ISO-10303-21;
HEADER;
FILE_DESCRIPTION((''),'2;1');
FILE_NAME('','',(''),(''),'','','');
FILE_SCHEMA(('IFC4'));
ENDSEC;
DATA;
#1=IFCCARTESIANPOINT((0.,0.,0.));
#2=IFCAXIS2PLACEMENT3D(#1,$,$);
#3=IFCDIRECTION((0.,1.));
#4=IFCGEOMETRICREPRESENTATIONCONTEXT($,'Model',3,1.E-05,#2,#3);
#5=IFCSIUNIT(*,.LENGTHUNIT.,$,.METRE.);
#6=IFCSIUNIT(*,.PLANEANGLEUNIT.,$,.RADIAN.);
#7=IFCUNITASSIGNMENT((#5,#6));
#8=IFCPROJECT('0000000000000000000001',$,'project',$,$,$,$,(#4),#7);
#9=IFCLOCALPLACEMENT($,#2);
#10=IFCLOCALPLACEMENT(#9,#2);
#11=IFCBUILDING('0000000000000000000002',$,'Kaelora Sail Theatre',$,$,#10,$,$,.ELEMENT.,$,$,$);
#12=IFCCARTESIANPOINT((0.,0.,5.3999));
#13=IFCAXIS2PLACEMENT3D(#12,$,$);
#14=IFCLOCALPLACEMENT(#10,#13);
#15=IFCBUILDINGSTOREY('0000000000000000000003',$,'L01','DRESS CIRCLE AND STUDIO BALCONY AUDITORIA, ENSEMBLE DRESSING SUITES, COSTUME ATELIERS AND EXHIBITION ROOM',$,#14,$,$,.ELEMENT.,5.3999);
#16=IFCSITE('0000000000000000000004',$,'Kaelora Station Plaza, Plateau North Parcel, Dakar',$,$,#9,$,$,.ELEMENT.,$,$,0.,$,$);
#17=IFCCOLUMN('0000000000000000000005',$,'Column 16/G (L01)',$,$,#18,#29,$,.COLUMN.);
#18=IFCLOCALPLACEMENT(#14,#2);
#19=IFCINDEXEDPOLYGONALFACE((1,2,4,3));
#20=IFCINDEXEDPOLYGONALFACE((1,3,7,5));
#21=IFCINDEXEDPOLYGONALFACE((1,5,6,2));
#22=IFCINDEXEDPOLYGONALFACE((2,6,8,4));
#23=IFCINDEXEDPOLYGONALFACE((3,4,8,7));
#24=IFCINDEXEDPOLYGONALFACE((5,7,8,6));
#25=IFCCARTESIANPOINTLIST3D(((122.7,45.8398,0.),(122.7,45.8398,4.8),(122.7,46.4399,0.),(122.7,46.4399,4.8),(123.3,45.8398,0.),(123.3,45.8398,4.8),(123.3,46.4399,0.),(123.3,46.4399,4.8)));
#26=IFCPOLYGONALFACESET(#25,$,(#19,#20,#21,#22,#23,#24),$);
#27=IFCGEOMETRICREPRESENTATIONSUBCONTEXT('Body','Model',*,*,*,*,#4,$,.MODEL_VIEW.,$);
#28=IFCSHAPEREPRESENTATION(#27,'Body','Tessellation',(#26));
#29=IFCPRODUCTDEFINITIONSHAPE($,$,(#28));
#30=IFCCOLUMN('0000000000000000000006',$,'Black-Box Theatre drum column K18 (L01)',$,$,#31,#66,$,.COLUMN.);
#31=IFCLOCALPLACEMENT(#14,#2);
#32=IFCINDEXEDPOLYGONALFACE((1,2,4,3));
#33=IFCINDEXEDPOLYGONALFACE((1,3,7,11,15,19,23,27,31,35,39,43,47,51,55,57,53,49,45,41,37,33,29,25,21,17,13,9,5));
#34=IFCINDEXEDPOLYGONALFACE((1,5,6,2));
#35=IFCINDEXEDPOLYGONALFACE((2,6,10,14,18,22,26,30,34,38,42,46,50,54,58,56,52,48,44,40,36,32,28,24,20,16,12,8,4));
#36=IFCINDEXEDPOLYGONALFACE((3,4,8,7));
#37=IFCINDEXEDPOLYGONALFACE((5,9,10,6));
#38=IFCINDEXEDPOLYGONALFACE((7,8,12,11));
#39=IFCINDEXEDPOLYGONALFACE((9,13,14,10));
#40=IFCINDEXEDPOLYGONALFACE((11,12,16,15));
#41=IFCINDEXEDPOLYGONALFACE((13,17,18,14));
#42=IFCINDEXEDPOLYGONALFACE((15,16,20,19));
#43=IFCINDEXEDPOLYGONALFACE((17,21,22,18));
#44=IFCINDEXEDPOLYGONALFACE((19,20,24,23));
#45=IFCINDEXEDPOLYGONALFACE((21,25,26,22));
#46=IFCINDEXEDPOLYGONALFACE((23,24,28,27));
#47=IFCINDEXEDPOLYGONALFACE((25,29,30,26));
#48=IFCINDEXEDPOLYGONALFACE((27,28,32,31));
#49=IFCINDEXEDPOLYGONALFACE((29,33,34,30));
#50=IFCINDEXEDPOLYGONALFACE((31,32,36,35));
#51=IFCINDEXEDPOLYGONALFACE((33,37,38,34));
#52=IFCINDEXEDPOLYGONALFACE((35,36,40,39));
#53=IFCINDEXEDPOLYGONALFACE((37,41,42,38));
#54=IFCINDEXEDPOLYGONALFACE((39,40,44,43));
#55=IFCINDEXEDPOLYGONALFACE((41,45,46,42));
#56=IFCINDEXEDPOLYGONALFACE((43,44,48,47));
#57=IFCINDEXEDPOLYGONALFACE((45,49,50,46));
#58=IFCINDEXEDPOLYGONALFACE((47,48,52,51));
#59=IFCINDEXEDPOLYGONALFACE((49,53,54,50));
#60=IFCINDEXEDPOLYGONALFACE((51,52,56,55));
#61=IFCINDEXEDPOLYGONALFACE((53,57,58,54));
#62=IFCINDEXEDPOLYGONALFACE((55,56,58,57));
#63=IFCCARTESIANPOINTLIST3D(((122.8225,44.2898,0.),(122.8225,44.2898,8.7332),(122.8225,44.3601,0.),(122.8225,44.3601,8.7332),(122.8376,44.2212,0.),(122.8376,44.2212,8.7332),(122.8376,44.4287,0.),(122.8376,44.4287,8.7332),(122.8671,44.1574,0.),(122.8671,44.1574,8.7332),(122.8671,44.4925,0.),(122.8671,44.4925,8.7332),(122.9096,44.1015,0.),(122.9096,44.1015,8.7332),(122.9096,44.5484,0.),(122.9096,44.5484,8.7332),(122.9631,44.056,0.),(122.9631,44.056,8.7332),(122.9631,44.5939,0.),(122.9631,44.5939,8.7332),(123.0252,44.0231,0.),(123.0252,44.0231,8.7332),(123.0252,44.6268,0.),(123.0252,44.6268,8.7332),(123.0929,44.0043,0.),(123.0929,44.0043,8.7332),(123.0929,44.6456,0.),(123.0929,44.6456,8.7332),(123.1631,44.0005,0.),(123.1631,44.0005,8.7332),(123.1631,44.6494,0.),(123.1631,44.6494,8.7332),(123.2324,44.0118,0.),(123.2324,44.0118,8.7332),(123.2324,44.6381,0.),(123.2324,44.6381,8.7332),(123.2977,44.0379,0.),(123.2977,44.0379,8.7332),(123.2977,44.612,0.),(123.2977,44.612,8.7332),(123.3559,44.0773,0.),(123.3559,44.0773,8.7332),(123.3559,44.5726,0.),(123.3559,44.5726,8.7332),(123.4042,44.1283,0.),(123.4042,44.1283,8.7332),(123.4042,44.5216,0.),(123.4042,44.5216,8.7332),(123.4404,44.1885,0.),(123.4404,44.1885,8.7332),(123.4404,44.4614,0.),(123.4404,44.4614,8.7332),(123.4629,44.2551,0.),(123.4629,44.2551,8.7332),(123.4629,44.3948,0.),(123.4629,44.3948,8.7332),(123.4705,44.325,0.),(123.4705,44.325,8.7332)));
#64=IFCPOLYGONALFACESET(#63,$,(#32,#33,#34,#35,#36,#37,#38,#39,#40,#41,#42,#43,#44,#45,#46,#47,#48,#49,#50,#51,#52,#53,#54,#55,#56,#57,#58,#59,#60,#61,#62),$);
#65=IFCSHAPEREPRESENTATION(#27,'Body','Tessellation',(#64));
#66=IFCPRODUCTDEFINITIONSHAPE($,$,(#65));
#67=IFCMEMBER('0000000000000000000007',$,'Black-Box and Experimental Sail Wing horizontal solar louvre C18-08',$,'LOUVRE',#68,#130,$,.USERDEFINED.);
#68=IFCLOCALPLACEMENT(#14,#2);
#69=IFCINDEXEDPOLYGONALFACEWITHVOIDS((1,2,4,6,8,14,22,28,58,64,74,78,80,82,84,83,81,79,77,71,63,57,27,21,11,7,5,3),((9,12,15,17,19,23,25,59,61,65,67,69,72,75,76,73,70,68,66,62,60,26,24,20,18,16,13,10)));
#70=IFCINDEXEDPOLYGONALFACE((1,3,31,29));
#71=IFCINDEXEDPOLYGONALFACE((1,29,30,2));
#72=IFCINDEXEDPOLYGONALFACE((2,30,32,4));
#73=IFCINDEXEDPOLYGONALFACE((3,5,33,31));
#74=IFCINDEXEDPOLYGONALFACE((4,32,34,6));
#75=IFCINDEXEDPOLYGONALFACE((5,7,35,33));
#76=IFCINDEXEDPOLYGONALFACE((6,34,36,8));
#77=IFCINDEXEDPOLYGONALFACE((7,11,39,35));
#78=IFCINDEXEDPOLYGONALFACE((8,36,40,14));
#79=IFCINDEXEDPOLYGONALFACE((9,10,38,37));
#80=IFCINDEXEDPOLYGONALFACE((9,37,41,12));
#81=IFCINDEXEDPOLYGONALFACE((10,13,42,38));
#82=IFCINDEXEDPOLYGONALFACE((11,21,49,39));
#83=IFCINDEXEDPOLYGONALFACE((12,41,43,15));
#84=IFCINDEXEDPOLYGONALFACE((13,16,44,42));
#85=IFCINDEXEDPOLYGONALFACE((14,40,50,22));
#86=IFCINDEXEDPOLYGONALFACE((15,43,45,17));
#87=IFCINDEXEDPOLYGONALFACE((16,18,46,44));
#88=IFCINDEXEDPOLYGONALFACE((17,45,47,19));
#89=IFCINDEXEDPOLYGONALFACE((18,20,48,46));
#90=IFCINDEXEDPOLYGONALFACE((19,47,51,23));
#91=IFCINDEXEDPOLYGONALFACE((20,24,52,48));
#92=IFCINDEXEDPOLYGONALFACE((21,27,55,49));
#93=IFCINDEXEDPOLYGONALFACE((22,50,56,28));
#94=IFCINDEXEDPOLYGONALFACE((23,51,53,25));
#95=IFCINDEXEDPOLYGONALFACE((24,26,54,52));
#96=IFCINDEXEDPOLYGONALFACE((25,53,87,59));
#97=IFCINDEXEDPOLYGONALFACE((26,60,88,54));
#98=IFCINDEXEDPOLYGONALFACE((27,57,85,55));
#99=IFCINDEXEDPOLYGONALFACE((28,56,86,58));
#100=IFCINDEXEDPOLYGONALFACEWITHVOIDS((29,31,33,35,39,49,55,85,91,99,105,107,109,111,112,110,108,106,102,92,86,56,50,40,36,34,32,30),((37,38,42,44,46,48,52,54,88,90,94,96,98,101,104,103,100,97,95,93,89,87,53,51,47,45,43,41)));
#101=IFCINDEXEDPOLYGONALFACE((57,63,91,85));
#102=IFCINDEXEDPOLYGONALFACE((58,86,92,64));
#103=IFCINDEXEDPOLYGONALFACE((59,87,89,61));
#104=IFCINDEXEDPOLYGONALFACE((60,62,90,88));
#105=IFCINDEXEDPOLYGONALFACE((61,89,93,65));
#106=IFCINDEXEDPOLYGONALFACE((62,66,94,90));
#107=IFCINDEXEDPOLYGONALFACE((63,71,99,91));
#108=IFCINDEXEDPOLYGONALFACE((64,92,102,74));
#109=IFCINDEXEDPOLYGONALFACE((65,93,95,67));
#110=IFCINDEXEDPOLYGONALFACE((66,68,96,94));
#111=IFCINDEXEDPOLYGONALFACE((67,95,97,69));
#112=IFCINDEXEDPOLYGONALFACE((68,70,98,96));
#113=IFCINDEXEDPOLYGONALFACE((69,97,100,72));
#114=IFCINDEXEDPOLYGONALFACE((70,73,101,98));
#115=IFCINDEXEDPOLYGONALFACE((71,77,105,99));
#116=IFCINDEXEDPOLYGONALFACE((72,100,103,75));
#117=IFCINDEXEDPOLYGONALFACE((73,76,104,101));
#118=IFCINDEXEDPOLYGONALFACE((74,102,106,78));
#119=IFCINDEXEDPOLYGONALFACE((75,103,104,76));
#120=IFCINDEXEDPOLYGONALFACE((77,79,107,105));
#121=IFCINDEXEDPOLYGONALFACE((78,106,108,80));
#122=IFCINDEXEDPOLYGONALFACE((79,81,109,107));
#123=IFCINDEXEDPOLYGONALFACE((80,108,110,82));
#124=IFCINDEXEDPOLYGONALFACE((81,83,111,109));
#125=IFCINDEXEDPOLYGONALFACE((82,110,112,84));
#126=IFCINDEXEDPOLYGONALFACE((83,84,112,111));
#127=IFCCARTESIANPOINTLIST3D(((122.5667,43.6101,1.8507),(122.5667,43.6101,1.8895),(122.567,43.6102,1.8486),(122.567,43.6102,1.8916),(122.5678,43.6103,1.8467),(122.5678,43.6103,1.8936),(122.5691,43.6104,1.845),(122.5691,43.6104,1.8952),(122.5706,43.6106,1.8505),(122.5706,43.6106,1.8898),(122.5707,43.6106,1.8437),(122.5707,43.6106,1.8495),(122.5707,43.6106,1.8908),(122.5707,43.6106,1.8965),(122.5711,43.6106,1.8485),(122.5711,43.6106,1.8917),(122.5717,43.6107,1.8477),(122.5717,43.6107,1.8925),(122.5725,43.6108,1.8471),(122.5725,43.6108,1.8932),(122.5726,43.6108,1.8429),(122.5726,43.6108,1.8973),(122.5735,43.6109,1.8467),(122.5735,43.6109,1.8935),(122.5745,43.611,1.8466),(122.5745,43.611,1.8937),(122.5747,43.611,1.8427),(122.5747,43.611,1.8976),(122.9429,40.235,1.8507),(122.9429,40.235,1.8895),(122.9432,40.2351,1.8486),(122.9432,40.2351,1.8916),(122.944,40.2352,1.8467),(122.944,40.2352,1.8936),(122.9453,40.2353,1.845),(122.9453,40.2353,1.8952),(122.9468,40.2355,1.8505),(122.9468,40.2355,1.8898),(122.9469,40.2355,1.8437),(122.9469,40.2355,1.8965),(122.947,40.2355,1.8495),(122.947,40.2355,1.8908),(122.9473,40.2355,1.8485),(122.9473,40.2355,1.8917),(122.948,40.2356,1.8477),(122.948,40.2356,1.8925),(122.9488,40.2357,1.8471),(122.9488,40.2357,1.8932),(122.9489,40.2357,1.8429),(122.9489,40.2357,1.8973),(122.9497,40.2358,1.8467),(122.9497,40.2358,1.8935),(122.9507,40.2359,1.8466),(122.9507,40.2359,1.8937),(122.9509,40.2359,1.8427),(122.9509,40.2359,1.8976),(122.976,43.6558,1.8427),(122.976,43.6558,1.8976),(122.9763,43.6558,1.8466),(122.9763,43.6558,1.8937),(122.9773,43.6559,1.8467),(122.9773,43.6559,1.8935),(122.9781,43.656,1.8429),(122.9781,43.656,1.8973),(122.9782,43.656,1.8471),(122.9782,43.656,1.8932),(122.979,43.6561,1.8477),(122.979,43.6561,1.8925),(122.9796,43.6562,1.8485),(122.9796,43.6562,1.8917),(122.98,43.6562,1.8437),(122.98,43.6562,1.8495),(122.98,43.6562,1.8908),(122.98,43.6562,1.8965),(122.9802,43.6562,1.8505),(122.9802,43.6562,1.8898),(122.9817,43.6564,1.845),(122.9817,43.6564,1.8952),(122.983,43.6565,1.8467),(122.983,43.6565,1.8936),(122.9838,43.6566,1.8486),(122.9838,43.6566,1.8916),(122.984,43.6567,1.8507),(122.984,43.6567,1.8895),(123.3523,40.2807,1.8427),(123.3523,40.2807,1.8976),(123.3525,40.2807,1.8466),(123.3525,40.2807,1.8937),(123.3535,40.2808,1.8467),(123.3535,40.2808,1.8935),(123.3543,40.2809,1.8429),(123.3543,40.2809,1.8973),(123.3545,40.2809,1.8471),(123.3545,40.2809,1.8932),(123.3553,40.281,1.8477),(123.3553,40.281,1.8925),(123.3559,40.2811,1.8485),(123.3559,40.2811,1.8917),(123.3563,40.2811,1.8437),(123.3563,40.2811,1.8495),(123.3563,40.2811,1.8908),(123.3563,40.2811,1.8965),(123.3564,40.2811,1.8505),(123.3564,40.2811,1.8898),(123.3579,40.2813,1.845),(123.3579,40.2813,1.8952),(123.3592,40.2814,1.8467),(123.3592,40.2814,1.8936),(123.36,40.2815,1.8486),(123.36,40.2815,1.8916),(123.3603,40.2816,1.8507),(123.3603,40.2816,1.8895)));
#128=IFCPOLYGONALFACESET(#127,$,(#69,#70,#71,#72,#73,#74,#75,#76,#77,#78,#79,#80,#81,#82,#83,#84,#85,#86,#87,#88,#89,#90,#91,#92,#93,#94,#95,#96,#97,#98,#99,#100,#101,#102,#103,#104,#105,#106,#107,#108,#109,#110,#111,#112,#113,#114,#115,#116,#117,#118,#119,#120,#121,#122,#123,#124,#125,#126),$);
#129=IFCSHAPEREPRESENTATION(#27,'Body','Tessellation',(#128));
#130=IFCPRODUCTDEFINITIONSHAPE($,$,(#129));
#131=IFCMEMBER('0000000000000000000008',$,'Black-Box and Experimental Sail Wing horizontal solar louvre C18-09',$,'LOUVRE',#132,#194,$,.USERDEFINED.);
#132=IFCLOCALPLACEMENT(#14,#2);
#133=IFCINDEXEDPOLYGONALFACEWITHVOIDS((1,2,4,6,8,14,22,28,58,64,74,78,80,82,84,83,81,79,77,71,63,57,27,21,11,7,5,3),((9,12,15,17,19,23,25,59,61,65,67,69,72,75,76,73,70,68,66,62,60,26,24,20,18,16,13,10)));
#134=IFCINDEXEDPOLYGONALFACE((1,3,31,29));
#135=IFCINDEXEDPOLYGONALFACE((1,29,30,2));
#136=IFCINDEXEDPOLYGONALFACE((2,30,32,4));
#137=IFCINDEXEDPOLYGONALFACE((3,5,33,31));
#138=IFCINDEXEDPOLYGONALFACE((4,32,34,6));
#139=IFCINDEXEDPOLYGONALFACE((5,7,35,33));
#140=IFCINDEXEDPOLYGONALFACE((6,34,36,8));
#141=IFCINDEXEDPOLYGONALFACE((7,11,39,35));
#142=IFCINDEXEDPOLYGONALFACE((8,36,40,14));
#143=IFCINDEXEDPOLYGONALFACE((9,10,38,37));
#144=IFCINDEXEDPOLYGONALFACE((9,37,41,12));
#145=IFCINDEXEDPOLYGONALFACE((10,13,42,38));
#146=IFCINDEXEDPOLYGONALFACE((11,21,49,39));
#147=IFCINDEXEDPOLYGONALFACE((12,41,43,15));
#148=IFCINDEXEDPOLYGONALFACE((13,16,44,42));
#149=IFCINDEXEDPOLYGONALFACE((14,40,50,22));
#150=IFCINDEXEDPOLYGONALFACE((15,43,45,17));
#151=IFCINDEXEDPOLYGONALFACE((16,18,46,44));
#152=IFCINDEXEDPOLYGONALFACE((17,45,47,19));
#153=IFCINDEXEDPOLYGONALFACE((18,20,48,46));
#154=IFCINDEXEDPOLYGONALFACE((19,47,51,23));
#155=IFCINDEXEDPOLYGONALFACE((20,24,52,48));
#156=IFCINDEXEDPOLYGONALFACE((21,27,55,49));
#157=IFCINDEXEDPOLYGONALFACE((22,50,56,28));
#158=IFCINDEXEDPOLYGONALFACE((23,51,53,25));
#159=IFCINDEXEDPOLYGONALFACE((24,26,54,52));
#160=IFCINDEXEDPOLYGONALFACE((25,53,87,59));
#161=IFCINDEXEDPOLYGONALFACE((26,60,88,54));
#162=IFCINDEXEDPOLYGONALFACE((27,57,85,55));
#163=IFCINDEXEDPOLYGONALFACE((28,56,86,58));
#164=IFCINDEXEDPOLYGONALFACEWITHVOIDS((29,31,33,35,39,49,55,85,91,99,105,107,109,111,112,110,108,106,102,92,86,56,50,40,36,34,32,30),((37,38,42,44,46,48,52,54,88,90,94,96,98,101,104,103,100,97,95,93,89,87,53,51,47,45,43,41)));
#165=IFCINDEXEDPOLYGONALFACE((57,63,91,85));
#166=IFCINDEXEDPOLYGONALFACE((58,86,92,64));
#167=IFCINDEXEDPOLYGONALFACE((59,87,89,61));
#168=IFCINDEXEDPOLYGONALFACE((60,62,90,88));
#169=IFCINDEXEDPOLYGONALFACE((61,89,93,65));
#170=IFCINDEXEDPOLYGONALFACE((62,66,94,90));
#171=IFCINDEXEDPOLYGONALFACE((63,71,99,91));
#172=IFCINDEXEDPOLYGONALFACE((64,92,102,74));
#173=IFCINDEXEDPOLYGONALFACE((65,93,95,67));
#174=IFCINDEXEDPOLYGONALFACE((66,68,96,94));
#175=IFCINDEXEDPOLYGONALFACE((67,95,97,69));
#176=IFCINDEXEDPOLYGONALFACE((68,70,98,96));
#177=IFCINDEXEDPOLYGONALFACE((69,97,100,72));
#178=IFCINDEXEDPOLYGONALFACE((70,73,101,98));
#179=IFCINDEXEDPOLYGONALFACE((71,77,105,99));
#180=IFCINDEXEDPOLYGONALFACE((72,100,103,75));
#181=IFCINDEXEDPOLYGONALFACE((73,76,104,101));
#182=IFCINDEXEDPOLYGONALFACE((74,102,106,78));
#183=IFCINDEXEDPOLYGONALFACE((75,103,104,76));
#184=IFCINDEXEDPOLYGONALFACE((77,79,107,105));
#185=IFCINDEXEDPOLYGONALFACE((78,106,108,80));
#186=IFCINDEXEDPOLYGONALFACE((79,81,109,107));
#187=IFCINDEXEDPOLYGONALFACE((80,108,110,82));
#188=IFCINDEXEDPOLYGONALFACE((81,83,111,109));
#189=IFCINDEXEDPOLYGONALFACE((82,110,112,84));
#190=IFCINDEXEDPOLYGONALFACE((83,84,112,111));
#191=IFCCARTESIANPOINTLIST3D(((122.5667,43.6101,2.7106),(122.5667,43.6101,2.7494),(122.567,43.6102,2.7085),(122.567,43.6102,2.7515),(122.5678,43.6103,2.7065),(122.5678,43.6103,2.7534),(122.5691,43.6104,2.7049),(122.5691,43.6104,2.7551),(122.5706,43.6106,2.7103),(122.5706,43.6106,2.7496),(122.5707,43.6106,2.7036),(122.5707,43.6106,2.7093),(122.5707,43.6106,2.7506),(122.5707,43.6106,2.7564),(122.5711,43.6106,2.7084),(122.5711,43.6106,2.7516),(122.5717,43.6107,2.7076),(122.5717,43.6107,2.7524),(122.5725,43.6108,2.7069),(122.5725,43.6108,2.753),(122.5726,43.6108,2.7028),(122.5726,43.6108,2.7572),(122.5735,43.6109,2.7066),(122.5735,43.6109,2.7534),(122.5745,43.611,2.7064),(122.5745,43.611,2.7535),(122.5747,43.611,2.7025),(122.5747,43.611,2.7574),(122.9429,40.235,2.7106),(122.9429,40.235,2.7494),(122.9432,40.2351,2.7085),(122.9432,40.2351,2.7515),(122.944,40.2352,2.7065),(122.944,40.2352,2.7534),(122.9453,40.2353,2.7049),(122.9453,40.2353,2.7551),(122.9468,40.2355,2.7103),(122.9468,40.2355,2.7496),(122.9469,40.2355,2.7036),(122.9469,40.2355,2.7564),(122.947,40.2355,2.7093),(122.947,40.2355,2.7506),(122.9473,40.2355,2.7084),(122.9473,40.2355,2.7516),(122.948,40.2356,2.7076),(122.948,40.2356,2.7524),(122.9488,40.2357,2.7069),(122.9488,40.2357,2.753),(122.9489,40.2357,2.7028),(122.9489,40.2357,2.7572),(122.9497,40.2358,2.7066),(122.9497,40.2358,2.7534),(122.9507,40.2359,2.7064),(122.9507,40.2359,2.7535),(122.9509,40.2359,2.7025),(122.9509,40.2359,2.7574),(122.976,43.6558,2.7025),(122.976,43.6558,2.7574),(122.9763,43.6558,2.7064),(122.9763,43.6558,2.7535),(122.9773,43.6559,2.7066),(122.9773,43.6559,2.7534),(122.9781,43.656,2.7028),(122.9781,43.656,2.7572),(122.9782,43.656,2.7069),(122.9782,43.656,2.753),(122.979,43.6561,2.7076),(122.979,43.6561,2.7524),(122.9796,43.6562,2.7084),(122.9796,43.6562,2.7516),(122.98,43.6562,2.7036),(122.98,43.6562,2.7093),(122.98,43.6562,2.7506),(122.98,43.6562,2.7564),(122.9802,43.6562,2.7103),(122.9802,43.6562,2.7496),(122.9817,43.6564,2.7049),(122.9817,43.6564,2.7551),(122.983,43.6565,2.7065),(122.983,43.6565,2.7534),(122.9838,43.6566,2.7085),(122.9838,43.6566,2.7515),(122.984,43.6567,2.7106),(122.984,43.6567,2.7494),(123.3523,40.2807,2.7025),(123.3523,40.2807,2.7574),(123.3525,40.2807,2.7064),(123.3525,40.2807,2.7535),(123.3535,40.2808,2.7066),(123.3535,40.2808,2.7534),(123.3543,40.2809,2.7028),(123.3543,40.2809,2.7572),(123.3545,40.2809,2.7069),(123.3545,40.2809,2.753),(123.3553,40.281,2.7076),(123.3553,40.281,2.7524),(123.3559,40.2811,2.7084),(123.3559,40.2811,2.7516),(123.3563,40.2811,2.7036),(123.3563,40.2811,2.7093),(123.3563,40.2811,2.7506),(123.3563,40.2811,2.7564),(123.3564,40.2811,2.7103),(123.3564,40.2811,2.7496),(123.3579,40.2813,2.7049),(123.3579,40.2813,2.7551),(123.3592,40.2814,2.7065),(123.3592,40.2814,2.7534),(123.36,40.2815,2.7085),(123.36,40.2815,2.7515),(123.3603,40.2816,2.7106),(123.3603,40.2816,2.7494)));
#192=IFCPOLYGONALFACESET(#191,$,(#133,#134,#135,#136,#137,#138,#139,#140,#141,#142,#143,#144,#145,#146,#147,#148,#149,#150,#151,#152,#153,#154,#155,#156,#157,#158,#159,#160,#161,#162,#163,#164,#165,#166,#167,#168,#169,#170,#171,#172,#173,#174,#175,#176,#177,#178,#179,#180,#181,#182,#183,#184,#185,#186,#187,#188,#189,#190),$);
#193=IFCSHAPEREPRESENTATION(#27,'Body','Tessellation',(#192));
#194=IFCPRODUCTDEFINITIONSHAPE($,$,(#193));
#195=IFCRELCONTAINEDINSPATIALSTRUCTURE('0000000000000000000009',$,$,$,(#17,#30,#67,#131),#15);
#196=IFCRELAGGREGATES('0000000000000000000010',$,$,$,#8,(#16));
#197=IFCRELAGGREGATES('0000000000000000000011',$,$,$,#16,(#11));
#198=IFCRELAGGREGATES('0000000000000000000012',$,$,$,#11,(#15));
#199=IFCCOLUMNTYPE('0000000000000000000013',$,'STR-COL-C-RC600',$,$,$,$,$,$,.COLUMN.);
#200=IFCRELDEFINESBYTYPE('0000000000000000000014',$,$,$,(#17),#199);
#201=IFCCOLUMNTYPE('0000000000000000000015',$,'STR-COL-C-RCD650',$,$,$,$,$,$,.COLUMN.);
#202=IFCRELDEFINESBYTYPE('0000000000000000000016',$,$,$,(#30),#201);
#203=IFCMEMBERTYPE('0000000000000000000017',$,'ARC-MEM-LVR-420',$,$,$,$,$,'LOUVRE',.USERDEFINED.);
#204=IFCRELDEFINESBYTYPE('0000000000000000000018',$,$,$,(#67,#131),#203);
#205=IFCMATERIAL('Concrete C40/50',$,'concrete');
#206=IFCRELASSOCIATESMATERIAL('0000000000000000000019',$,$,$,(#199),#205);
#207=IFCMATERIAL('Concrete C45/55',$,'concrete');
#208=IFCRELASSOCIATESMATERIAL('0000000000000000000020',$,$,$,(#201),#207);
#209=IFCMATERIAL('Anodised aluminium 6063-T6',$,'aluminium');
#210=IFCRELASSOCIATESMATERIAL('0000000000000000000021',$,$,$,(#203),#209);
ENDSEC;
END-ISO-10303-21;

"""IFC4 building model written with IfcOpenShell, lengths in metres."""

from ifc_helpers import new_model, si_unit, direction, frame, origin, origin_2d, place, context, subcontext, project, spatial, rectangle, hollow_rectangle, circle, extrude, material, material_profile, profile_set, type_object, element, save


model = new_model("IFC4")

# Units and contexts
model_context = context("Model", 3, precision=1e-05, world=origin(), true_north=direction((0.0, 1.0)))
body_context = subcontext(model_context, "Body", "Model", "MODEL_VIEW")
ifc_project = project(units=[si_unit("LENGTHUNIT", "METRE"), si_unit("PLANEANGLEUNIT", "RADIAN")], contexts=[model_context])

# Site, building, storey
site_placement = place(None, origin())
site = spatial("IfcSite", under=ifc_project, at=site_placement, Name="Kaelora Station Plaza, Plateau North Parcel, Dakar", CompositionType="ELEMENT", RefElevation=0.0)
building_placement = place(site_placement, origin())
building = spatial("IfcBuilding", under=site, at=building_placement, Name="Kaelora Sail Theatre", CompositionType="ELEMENT")
storey_placement = place(building_placement, frame((0.0, 0.0, 5.3999)))
storey = spatial("IfcBuildingStorey", under=building, at=storey_placement, Name="L01", Description="DRESS CIRCLE AND STUDIO BALCONY AUDITORIA, ENSEMBLE DRESSING SUITES, COSTUME ATELIERS AND EXHIBITION ROOM", CompositionType="ELEMENT", Elevation=5.3999)

# Columns
ifc_material_1 = material(Name="Concrete C40/50", Category="concrete")
ifc_material_profile_1 = material_profile(ifc_material_1, rectangle(XDim=0.6001, YDim=0.6001, at=origin_2d()), Name="RC-COL 600x600")
ifc_profile_set_1 = profile_set([ifc_material_profile_1], Name="Concrete C40/50")
column_type_1 = type_object("IfcColumnType", Name="STR-COL-C-RC600", PredefinedType="COLUMN", material=ifc_profile_set_1)
column_1_placement = place(storey_placement, frame((123.0, 46.1399, 0.0), z_axis=(0.0, 0.0, 1.0), x_axis=(1.0, 0.0, 0.0)))
element("IfcColumn", 1, at=column_1_placement, inside=storey, type_object=column_type_1, Name="Column 16/G (L01)", PredefinedType="COLUMN", context=body_context, shape_type="SweptSolid", body=[
    extrude(rectangle(XDim=0.6001, YDim=0.6001, at=origin_2d()), origin(), (0.0, 0.0, 1.0), 4.8),
])
ifc_material_2 = material(Name="Concrete C45/55", Category="concrete")
ifc_material_profile_2 = material_profile(ifc_material_2, circle(Radius=0.325, at=origin_2d()), Name="RC-CCOL D650")
ifc_profile_set_2 = profile_set([ifc_material_profile_2], Name="Concrete C45/55")
column_type_2 = type_object("IfcColumnType", Name="STR-COL-C-RCD650", PredefinedType="COLUMN", material=ifc_profile_set_2)
column_2_placement = place(storey_placement, frame((123.1455, 44.325, 0.0), z_axis=(0.0, 0.0, 1.0), x_axis=(1.0, 0.0, 0.0)))
element("IfcColumn", 2, at=column_2_placement, inside=storey, type_object=column_type_2, Name="Black-Box Theatre drum column K18 (L01)", PredefinedType="COLUMN", context=body_context, shape_type="SweptSolid", body=[
    extrude(circle(Radius=0.325, at=origin_2d()), origin(), (0.0, 0.0, 1.0), 8.7332),
])

# Members
ifc_material_3 = material(Name="Anodised aluminium 6063-T6", Category="aluminium")
ifc_material_profile_3 = material_profile(ifc_material_3, hollow_rectangle(XDim=0.4199, YDim=0.0549, WallThickness=0.0039, InnerFilletRadius=0.0039, OuterFilletRadius=0.0081, at=origin_2d()), Name="LOUVRE 420x55x4")
ifc_profile_set_3 = profile_set([ifc_material_profile_3], Name="Anodised aluminium 6063-T6")
member_type_1 = type_object("IfcMemberType", Name="ARC-MEM-LVR-420", ElementType="LOUVRE", PredefinedType="USERDEFINED", material=ifc_profile_set_3)
for number, where, z_axis, x_axis, name in (
    (3, (123.1516, 40.2583, 1.8701), (-0.110787, 0.993844, 0.0), (-0.993844, -0.110787, 0.0), "Black-Box and Experimental Sail Wing horizontal solar louvre C18-08"),
    (4, (123.1516, 40.2583, 2.73), (-0.110787, 0.993844, 0.0), (-0.993844, -0.110787, 0.0), "Black-Box and Experimental Sail Wing horizontal solar louvre C18-09"),
):
    element("IfcMember", number, at=place(storey_placement, frame(where, z_axis=z_axis, x_axis=x_axis)), inside=storey, type_object=member_type_1, Name=name, ObjectType="LOUVRE", PredefinedType="USERDEFINED", context=body_context, shape_type="SweptSolid", body=[
        extrude(hollow_rectangle(XDim=0.4199, YDim=0.0549, WallThickness=0.0039, InnerFilletRadius=0.0039, OuterFilletRadius=0.0081, at=origin_2d()), origin(), (0.0, 0.0, 1.0), 3.396),
    ])

save(model, "model.ifc")
